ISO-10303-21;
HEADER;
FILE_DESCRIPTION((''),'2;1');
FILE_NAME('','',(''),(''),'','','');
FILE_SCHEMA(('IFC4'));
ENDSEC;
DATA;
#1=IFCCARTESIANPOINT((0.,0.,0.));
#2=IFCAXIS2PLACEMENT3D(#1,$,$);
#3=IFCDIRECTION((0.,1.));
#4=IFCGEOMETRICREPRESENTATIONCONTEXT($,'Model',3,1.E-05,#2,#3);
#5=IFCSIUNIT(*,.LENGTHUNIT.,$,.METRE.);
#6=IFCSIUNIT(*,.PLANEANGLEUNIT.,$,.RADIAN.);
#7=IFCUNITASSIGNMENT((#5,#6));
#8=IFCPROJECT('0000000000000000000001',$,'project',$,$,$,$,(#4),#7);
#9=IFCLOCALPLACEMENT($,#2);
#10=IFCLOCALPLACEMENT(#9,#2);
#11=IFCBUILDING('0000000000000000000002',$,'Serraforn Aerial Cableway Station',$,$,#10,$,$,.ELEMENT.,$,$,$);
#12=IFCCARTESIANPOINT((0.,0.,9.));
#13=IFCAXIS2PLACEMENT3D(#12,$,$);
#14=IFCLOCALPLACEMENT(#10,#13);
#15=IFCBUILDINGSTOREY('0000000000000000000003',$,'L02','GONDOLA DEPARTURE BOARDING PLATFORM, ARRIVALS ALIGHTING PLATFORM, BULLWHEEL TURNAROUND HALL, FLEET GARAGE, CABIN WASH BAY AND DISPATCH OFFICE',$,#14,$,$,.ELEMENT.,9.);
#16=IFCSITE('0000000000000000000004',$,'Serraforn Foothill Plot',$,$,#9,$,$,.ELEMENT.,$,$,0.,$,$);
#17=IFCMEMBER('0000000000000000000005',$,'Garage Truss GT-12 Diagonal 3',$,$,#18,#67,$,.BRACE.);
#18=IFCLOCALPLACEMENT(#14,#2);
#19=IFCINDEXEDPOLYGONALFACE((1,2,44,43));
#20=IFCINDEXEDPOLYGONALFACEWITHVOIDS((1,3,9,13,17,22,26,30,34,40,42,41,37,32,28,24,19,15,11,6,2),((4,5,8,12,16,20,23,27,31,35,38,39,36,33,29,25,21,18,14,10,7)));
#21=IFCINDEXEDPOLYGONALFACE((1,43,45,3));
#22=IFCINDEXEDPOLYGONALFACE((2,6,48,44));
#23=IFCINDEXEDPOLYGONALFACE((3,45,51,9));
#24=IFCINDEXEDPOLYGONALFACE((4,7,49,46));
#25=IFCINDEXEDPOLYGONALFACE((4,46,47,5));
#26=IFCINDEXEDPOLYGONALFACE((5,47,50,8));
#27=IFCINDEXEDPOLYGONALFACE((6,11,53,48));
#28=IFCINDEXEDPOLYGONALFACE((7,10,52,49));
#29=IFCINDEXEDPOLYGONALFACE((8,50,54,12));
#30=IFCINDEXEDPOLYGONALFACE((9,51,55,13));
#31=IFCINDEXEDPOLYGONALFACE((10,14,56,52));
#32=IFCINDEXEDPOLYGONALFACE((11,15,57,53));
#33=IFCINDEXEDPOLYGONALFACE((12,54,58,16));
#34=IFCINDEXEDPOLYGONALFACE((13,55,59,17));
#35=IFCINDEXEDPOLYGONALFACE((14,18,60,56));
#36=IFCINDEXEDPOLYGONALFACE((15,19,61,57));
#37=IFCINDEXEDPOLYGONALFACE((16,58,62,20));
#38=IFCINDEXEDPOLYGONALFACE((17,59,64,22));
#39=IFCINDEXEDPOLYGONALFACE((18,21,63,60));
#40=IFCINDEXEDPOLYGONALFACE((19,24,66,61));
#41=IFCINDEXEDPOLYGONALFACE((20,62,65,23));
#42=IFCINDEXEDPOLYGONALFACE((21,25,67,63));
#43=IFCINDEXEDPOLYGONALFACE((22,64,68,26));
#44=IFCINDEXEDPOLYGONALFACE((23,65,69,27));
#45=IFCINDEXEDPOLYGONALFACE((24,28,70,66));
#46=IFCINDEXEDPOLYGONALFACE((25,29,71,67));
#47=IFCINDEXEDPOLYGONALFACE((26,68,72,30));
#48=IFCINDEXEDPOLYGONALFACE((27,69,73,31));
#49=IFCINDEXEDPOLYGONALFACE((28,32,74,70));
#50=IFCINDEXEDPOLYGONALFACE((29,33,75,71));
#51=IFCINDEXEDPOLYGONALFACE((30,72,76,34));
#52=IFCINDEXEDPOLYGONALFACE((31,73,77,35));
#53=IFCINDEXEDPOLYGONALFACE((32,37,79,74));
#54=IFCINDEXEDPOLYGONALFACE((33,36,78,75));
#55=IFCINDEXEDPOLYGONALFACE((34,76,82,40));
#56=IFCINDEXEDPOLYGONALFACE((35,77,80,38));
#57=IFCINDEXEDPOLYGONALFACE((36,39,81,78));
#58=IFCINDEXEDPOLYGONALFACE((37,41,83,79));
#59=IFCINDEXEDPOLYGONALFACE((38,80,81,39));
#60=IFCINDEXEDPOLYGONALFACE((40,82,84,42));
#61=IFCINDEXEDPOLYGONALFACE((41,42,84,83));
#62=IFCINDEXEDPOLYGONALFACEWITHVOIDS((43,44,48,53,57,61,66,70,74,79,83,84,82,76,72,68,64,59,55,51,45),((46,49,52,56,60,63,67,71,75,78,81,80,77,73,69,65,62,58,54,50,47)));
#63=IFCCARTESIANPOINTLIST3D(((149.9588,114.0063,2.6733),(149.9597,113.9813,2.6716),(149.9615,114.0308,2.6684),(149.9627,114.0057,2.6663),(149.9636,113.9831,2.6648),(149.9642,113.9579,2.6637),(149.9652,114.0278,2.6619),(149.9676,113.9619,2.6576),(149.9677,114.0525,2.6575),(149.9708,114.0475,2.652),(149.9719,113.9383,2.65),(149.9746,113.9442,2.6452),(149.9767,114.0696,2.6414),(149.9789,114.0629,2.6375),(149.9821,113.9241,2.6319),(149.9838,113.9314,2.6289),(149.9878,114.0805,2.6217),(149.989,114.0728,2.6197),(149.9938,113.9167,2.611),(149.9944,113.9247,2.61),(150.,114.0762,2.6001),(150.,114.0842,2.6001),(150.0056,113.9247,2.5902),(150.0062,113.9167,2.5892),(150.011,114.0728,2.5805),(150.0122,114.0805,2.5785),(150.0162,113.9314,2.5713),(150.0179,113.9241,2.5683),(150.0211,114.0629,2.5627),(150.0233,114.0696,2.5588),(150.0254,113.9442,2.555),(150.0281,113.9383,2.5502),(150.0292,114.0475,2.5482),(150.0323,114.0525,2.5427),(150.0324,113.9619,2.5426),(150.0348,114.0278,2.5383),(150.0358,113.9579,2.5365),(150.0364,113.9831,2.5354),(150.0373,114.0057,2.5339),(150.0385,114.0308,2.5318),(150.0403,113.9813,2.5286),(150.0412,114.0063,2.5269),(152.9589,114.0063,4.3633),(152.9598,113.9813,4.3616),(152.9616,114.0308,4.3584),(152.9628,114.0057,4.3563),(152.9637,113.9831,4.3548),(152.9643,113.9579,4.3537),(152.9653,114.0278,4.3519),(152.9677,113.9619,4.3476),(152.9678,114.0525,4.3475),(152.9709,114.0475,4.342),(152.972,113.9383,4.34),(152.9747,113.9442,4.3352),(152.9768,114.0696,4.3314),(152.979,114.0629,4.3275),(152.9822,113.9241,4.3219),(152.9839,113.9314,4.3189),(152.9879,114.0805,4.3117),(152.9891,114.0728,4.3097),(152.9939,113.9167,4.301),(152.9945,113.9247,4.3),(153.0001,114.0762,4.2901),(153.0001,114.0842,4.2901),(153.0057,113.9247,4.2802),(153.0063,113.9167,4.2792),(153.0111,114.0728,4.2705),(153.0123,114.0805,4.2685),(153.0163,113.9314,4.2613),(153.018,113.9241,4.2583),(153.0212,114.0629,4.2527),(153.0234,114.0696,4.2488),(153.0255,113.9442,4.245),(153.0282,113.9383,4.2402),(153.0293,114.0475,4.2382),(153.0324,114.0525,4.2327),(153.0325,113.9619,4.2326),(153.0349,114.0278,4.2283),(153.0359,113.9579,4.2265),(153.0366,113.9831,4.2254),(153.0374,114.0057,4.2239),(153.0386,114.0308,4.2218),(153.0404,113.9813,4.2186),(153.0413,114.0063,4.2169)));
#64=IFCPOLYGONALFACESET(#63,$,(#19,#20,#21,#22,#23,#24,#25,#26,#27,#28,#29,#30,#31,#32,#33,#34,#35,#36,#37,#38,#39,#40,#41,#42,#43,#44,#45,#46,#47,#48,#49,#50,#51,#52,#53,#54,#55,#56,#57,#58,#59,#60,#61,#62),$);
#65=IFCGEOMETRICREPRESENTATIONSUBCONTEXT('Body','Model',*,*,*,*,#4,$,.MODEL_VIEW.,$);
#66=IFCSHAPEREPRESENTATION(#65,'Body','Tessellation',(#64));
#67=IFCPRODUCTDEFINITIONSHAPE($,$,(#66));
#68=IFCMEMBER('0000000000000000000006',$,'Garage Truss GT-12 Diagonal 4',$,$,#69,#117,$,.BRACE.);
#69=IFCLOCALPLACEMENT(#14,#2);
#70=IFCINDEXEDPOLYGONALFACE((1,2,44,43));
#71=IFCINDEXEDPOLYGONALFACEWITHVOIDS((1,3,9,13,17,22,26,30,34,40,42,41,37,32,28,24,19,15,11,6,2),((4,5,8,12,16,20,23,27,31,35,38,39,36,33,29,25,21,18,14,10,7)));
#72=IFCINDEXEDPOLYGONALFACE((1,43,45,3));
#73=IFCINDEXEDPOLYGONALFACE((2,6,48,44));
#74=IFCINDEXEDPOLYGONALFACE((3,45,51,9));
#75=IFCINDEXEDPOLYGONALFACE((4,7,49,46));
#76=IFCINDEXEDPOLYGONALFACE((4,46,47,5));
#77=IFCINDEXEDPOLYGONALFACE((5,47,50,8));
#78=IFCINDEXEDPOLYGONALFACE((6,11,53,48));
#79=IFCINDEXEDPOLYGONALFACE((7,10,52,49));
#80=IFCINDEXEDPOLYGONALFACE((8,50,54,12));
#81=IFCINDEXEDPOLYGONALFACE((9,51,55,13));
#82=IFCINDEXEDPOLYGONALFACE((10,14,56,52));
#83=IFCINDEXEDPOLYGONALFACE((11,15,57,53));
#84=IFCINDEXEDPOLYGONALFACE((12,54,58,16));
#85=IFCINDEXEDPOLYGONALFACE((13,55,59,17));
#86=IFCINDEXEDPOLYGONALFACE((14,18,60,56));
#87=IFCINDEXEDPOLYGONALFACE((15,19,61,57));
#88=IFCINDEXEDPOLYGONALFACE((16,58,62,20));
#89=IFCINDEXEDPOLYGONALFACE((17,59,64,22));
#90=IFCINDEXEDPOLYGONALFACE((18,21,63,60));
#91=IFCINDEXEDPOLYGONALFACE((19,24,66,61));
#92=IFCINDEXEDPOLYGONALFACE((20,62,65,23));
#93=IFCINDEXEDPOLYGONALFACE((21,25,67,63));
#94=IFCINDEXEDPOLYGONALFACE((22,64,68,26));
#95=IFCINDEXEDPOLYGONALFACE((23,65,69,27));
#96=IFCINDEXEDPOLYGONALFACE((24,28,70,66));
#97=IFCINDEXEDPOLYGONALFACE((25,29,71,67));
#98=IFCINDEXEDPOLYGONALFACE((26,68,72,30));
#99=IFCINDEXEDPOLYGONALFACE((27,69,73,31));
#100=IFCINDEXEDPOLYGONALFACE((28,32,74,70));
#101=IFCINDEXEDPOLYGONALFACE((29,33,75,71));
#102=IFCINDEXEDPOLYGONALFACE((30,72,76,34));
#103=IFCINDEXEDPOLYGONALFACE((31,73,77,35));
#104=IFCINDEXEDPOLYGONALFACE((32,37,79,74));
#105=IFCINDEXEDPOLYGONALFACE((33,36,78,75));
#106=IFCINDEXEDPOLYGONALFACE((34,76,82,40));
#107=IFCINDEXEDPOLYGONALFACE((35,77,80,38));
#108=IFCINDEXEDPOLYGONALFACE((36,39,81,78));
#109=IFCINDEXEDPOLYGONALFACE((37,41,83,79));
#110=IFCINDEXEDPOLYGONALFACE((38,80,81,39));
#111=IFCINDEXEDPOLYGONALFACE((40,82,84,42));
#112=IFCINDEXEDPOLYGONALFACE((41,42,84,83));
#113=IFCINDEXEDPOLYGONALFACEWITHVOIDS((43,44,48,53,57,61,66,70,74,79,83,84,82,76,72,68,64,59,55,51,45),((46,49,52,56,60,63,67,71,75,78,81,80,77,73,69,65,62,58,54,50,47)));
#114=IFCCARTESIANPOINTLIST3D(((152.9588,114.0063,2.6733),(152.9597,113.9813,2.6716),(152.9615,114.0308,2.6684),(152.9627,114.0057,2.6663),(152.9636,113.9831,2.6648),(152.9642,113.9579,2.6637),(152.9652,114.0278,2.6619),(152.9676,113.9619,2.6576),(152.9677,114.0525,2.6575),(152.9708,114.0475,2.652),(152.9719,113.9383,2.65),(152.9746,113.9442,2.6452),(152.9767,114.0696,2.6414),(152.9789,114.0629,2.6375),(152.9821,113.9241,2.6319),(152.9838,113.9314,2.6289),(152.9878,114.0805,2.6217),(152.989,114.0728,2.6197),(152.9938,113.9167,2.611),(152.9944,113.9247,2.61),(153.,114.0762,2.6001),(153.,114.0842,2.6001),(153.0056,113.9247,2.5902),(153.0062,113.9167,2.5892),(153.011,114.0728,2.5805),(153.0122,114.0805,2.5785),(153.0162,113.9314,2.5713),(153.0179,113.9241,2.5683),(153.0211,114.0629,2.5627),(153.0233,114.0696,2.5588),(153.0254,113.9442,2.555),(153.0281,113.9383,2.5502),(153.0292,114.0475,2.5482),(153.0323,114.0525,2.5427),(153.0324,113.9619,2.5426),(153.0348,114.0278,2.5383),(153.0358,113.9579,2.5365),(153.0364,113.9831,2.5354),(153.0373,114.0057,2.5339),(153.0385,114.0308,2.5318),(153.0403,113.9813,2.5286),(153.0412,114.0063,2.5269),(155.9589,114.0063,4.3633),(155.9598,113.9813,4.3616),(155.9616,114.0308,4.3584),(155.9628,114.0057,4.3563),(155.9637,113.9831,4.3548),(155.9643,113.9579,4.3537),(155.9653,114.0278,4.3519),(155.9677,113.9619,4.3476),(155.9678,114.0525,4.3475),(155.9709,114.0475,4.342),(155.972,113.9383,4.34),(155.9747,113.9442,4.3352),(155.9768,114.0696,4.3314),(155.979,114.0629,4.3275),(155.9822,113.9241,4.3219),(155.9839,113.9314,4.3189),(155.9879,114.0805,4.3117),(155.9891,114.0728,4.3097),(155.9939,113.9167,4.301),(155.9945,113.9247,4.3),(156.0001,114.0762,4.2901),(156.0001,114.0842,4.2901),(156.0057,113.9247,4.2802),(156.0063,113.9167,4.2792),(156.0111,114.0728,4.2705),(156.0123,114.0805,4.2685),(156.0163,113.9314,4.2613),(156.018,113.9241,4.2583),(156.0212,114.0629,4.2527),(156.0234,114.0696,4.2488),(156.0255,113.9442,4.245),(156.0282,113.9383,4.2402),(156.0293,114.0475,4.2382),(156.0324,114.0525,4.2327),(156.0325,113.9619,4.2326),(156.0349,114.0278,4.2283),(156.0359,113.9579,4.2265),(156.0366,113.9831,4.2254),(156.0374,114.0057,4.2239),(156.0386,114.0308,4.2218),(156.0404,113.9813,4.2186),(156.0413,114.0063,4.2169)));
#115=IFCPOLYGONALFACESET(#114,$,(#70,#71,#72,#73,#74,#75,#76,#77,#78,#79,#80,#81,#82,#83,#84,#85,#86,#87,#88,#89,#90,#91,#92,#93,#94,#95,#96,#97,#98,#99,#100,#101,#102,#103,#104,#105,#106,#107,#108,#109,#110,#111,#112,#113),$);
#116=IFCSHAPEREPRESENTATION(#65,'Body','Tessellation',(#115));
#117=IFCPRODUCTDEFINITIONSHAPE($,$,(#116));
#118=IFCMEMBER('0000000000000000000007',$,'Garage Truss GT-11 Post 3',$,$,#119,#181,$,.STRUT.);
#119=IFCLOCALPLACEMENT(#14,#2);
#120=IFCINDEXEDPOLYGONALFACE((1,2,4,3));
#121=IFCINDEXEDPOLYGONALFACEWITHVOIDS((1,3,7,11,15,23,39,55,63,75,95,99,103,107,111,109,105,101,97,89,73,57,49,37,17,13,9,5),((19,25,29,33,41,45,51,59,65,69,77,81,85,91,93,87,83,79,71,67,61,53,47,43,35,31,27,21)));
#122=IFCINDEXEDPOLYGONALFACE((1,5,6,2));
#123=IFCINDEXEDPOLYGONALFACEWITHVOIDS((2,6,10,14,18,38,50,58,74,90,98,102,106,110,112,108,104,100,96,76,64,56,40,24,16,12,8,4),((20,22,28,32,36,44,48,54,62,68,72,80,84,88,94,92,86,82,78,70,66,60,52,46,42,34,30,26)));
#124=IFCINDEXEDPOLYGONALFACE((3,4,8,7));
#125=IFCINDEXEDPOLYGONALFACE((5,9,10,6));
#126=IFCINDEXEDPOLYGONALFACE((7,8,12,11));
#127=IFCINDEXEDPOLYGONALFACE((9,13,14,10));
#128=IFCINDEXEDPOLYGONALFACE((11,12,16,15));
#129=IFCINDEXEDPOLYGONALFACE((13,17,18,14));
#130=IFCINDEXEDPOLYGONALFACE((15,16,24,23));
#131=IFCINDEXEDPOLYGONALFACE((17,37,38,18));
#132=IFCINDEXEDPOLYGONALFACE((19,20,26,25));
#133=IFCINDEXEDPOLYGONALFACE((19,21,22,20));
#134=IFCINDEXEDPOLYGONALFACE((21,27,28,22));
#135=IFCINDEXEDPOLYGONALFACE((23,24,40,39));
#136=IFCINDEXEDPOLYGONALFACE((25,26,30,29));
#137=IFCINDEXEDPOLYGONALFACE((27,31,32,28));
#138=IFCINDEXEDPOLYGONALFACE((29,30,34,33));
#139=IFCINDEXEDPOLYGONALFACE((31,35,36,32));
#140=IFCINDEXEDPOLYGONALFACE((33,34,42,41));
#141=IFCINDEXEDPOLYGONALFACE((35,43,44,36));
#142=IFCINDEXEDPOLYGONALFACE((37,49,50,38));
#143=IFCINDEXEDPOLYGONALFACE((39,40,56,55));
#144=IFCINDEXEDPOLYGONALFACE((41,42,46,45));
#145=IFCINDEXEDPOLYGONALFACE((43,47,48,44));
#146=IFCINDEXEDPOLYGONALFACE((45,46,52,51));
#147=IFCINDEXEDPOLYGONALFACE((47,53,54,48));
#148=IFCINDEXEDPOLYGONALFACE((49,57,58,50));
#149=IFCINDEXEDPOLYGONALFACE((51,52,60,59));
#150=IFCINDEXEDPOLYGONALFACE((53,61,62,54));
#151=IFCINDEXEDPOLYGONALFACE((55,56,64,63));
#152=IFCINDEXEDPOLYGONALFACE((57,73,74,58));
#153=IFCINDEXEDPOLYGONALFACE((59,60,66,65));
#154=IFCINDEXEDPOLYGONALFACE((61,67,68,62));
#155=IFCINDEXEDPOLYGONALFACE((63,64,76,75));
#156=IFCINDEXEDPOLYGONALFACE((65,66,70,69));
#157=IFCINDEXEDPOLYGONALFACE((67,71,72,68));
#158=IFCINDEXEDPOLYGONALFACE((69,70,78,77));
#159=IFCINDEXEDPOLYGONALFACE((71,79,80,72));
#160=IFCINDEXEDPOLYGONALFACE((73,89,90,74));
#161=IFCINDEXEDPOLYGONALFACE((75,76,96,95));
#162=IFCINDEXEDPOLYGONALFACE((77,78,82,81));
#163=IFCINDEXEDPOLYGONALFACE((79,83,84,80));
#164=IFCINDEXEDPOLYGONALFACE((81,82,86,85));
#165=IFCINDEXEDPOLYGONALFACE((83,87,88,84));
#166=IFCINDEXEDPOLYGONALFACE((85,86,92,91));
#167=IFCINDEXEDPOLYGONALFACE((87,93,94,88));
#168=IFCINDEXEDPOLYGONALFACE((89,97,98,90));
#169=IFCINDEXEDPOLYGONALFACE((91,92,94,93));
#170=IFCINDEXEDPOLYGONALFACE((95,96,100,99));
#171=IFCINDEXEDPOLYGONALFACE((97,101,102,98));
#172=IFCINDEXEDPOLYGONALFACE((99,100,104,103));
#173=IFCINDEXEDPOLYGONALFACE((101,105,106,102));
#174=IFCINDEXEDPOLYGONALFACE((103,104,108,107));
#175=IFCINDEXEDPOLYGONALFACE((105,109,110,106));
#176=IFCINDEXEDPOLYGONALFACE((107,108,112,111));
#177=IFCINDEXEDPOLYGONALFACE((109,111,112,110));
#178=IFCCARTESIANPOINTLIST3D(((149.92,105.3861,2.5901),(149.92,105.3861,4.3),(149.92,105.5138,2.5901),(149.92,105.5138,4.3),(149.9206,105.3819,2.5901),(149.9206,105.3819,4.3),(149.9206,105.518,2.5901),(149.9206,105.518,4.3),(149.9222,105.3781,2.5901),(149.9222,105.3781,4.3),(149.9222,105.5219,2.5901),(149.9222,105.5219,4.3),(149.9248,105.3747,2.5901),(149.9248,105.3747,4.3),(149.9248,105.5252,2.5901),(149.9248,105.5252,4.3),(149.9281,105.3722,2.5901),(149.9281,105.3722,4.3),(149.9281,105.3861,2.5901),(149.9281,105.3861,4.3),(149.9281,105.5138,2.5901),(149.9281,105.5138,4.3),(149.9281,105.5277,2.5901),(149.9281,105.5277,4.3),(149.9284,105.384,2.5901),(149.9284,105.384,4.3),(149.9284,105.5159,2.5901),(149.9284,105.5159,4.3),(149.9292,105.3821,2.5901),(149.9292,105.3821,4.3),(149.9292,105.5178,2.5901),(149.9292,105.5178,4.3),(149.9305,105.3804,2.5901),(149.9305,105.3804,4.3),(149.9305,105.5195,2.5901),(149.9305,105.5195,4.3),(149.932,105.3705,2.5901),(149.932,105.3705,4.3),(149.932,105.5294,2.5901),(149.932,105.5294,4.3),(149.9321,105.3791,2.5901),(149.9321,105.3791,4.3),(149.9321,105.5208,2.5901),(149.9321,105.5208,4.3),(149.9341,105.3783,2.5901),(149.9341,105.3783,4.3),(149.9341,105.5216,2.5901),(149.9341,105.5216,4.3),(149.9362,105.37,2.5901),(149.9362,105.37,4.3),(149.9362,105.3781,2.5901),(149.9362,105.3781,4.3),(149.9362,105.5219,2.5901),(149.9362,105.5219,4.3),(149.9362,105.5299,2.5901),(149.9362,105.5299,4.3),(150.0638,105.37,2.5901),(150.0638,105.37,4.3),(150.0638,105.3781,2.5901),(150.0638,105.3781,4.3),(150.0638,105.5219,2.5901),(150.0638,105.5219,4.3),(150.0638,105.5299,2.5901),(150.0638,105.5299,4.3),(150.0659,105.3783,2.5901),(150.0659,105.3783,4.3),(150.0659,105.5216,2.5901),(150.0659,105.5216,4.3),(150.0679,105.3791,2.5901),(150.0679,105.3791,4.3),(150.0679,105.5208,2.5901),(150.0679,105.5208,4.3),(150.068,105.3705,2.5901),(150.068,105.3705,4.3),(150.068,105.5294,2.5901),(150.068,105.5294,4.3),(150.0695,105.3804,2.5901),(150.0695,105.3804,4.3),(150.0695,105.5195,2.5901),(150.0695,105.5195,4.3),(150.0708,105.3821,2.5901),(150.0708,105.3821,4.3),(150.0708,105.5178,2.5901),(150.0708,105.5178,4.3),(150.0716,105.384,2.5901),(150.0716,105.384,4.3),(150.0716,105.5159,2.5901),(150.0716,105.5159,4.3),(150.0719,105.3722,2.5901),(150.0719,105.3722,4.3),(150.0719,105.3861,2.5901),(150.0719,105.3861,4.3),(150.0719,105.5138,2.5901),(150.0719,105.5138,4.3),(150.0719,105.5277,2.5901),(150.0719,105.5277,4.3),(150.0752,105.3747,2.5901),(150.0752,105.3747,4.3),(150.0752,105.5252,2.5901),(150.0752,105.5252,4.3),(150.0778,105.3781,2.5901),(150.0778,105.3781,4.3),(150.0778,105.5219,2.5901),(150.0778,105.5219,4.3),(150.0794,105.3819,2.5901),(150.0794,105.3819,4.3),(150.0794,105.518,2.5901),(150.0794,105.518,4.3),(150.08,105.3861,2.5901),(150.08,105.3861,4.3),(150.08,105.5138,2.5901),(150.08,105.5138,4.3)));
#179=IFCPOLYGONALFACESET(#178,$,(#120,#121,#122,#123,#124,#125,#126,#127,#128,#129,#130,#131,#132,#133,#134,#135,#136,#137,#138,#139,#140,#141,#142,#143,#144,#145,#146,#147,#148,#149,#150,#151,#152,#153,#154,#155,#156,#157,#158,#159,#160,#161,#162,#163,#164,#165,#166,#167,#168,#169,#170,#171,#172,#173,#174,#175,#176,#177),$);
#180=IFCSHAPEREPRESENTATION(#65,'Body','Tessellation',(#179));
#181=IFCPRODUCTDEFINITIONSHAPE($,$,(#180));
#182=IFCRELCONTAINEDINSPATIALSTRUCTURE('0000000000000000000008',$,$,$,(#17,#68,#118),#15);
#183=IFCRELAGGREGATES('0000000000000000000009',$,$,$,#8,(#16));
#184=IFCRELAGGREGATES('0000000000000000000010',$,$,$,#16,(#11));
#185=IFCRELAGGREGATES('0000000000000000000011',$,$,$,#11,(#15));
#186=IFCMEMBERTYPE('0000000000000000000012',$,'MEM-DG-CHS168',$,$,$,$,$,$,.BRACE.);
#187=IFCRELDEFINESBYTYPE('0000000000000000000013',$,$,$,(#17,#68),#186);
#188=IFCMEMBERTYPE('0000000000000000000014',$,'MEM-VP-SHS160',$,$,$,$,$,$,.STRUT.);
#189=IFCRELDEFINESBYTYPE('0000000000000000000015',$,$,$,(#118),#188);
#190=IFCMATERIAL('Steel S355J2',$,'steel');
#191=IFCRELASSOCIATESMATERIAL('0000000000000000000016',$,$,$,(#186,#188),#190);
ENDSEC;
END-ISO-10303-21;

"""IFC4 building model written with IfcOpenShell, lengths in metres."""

from ifc_helpers import new_model, si_unit, direction, frame, origin, origin_2d, place, context, subcontext, project, spatial, hollow_rectangle, hollow_circle, extrude, material, material_profile, profile_set, type_object, element, save


model = new_model("IFC4")

# Units and contexts
model_context = context("Model", 3, precision=1e-05, world=origin(), true_north=direction((0.0, 1.0)))
body_context = subcontext(model_context, "Body", "Model", "MODEL_VIEW")
ifc_project = project(units=[si_unit("LENGTHUNIT", "METRE"), si_unit("PLANEANGLEUNIT", "RADIAN")], contexts=[model_context])

# Site, building, storey
site_placement = place(None, origin())
site = spatial("IfcSite", under=ifc_project, at=site_placement, Name="Serraforn Foothill Plot", CompositionType="ELEMENT", RefElevation=0.0)
building_placement = place(site_placement, origin())
building = spatial("IfcBuilding", under=site, at=building_placement, Name="Serraforn Aerial Cableway Station", CompositionType="ELEMENT")
storey_placement = place(building_placement, frame((0.0, 0.0, 9.0)))
storey = spatial("IfcBuildingStorey", under=building, at=storey_placement, Name="L02", Description="GONDOLA DEPARTURE BOARDING PLATFORM, ARRIVALS ALIGHTING PLATFORM, BULLWHEEL TURNAROUND HALL, FLEET GARAGE, CABIN WASH BAY AND DISPATCH OFFICE", CompositionType="ELEMENT", Elevation=9.0)

# Shared definitions
ifc_material_1 = material(Name="Steel S355J2", Category="steel")

# Members
ifc_material_profile_1 = material_profile(ifc_material_1, hollow_circle(Radius=0.0842, WallThickness=0.0081, at=origin_2d()), Name="CHS 168.3x8.0")
ifc_profile_set_1 = profile_set([ifc_material_profile_1], Name="Steel S355J2")
member_type_1 = type_object("IfcMemberType", Name="MEM-DG-CHS168", PredefinedType="BRACE", material=ifc_profile_set_1)
for number, where, z_axis, x_axis, name in (
    (1, (150.0, 114.0, 2.6001), (0.871272, 0.0, 0.4908), (0.0, 1.0, 0.0), "Garage Truss GT-12 Diagonal 3"),
    (2, (153.0, 114.0, 2.6001), (0.871272, 0.0, 0.4908), (0.0, 1.0, 0.0), "Garage Truss GT-12 Diagonal 4"),
):
    element("IfcMember", number, at=place(storey_placement, frame(where, z_axis=z_axis, x_axis=x_axis)), inside=storey, type_object=member_type_1, Name=name, PredefinedType="BRACE", context=body_context, shape_type="SweptSolid", body=[
        extrude(hollow_circle(Radius=0.0842, WallThickness=0.0081, at=origin_2d()), origin(), (0.0, 0.0, 1.0), 3.4434),
    ])
ifc_material_profile_2 = material_profile(ifc_material_1, hollow_rectangle(XDim=0.1599, YDim=0.1599, WallThickness=0.0081, InnerFilletRadius=0.0081, OuterFilletRadius=0.0161, at=origin_2d()), Name="SHS 160x160x8.0")
ifc_profile_set_2 = profile_set([ifc_material_profile_2], Name="Steel S355J2")
member_type_2 = type_object("IfcMemberType", Name="MEM-VP-SHS160", PredefinedType="STRUT", material=ifc_profile_set_2)
for number, where, z_axis, x_axis, name in (
    (3, (150.0, 105.45, 2.5901), (0.0, 0.0, 1.0), (1.0, 0.0, 0.0), "Garage Truss GT-11 Post 3"),
):
    element("IfcMember", number, at=place(storey_placement, frame(where, z_axis=z_axis, x_axis=x_axis)), inside=storey, type_object=member_type_2, Name=name, PredefinedType="STRUT", context=body_context, shape_type="SweptSolid", body=[
        extrude(hollow_rectangle(XDim=0.1599, YDim=0.1599, WallThickness=0.0081, InnerFilletRadius=0.0081, OuterFilletRadius=0.0161, at=origin_2d()), origin(), (0.0, 0.0, 1.0), 1.71),
    ])

save(model, "model.ifc")
